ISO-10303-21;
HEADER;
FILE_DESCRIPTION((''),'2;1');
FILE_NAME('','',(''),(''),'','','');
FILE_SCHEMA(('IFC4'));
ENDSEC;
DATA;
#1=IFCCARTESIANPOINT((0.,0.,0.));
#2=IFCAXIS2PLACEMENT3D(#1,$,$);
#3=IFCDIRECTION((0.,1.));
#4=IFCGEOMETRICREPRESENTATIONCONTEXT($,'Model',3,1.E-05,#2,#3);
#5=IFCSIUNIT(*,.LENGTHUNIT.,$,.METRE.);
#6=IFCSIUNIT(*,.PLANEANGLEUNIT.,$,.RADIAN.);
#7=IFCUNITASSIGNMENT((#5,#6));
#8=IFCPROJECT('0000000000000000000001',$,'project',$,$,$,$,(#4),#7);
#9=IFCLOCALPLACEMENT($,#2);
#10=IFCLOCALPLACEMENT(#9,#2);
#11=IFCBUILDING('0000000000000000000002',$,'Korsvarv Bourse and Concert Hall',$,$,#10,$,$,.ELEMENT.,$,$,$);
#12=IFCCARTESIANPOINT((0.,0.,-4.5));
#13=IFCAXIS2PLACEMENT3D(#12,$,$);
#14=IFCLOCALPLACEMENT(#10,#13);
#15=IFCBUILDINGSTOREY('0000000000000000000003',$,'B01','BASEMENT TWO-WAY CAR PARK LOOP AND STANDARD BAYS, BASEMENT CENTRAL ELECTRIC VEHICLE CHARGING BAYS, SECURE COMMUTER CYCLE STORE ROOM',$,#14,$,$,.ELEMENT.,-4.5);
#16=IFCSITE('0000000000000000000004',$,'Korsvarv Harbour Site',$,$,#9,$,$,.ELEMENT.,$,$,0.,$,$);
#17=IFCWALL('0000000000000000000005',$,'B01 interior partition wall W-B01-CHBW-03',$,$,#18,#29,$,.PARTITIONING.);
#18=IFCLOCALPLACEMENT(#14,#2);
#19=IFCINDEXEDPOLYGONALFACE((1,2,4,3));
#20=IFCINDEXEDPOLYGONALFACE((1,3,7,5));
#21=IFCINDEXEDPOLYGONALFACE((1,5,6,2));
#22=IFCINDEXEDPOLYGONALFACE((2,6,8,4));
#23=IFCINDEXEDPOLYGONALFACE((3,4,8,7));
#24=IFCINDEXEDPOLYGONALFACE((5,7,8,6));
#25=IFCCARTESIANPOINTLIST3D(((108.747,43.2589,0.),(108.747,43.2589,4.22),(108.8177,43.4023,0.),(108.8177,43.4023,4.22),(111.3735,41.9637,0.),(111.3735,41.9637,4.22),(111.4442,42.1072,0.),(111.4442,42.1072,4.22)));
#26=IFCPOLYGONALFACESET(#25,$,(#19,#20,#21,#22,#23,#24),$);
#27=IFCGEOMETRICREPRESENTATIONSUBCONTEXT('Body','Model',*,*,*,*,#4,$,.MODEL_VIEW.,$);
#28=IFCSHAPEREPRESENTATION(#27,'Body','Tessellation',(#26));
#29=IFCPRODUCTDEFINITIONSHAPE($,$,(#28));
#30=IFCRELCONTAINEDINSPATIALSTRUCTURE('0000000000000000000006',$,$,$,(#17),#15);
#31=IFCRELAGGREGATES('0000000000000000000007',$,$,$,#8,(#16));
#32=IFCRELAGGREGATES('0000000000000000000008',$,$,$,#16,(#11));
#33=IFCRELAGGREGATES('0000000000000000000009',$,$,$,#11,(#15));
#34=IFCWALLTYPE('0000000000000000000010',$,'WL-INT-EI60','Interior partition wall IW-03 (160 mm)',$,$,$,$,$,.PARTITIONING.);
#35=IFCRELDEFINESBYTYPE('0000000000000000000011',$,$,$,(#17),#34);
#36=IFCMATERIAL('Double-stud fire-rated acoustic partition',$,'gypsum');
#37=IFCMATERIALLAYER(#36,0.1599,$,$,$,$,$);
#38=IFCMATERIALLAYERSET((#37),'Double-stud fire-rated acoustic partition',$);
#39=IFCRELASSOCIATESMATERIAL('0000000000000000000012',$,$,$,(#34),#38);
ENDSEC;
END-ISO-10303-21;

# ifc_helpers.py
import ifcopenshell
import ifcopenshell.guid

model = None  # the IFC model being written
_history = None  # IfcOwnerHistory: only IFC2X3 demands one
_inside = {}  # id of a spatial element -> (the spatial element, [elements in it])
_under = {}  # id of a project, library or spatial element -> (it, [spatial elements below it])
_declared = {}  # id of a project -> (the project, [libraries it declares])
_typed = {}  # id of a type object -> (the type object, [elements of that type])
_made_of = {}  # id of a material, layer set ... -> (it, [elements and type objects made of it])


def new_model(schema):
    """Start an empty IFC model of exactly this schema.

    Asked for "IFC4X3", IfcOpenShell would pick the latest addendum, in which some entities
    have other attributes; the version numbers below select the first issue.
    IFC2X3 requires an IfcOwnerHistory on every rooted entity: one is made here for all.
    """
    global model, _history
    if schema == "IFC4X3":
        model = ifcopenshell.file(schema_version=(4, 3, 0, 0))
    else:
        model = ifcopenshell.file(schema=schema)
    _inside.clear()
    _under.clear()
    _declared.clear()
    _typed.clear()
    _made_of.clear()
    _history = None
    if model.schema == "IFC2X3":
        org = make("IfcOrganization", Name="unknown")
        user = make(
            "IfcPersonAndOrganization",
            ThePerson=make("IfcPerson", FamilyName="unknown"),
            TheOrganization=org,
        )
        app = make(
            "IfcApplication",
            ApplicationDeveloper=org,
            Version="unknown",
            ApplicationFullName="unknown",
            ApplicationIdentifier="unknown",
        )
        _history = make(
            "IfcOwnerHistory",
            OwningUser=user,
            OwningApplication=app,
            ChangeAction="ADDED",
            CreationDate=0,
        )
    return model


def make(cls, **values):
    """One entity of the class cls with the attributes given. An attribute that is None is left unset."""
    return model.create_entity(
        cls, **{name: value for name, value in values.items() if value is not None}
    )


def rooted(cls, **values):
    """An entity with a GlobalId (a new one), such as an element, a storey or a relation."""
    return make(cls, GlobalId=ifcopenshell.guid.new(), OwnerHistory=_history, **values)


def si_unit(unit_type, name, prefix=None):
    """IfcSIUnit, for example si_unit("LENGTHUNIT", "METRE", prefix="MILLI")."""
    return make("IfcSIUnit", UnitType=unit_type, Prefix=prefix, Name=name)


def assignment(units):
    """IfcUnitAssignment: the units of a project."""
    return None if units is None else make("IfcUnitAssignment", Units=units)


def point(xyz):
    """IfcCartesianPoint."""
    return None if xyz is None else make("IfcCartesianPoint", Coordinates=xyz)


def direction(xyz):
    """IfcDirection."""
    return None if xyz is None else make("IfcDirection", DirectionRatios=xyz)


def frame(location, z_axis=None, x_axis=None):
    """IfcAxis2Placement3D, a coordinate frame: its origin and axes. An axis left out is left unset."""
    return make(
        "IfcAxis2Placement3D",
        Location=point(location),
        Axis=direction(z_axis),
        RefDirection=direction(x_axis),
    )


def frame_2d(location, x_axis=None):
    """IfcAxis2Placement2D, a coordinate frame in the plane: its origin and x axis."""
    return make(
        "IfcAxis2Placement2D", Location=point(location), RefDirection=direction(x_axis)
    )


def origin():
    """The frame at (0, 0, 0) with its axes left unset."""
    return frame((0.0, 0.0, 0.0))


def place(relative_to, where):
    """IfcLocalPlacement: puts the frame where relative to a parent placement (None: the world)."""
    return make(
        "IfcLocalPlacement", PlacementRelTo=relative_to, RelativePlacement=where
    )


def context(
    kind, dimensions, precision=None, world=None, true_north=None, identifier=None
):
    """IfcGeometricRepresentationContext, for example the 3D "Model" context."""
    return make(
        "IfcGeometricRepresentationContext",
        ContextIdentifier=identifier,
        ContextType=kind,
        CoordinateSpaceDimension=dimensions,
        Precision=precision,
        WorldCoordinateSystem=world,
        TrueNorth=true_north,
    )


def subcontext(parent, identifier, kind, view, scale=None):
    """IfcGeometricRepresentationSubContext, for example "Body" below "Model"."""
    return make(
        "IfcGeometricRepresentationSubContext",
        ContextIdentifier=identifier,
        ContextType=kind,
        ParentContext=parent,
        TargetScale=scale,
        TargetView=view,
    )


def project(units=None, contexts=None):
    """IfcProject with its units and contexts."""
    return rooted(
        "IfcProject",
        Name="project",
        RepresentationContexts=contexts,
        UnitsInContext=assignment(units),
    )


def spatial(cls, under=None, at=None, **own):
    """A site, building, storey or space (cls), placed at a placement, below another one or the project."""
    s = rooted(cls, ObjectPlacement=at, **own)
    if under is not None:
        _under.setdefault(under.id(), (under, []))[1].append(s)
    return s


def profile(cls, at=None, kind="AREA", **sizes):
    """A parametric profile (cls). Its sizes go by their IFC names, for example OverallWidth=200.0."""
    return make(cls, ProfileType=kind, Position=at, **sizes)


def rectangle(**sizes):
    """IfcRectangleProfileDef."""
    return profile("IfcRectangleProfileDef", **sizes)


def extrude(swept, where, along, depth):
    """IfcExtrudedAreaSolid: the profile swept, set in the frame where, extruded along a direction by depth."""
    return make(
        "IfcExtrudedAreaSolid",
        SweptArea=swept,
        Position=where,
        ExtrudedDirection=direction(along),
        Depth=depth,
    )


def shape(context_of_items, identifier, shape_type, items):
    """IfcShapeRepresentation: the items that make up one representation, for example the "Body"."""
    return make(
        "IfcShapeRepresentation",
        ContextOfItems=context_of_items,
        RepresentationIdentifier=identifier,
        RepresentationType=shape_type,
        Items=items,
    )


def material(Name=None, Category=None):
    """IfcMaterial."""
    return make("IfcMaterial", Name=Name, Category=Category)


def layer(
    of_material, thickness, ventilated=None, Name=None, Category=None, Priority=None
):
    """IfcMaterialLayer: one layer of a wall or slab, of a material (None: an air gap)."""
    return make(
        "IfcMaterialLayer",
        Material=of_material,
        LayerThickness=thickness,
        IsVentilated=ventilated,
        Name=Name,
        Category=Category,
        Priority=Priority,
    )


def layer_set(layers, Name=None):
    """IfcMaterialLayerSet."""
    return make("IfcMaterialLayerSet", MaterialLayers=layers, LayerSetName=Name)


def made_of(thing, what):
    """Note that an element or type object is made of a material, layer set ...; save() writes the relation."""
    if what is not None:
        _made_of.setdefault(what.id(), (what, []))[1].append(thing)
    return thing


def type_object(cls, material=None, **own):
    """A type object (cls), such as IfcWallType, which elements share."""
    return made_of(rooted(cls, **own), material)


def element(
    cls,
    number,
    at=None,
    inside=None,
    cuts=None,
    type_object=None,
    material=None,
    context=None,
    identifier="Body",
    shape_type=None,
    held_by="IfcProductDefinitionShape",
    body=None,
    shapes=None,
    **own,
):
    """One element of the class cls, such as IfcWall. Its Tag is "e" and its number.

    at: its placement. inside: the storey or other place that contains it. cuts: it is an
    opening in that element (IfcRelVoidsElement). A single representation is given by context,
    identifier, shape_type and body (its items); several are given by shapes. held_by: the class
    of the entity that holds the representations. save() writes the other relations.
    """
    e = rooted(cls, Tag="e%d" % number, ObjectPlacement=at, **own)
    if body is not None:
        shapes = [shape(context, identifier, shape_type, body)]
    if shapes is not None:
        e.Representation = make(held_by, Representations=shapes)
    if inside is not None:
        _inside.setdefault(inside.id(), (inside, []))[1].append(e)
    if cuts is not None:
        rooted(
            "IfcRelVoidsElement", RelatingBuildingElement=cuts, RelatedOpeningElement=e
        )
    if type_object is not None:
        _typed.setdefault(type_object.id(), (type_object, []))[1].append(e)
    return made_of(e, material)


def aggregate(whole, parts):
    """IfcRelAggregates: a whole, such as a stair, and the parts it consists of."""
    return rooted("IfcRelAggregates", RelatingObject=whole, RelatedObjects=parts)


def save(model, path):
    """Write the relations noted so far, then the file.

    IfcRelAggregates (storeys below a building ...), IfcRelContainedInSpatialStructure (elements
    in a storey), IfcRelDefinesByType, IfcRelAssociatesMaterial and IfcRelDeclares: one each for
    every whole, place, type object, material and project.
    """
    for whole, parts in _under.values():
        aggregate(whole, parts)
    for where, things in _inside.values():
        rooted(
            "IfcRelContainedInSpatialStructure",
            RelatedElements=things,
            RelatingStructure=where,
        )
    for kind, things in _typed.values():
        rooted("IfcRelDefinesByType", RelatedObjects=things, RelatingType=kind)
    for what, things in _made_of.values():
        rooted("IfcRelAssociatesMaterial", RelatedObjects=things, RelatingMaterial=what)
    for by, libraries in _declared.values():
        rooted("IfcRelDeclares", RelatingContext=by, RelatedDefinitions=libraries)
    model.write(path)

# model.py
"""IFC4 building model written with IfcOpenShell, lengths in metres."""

from ifc_helpers import new_model, si_unit, direction, frame, frame_2d, origin, place, context, subcontext, project, spatial, rectangle, extrude, material, layer, layer_set, type_object, element, save


model = new_model("IFC4")

# Units and contexts
model_context = context("Model", 3, precision=1e-05, world=origin(), true_north=direction((0.0, 1.0)))
body_context = subcontext(model_context, "Body", "Model", "MODEL_VIEW")
ifc_project = project(units=[si_unit("LENGTHUNIT", "METRE"), si_unit("PLANEANGLEUNIT", "RADIAN")], contexts=[model_context])

# Site, building, storey
site_placement = place(None, origin())
site = spatial("IfcSite", under=ifc_project, at=site_placement, Name="Korsvarv Harbour Site", CompositionType="ELEMENT", RefElevation=0.0)
building_placement = place(site_placement, origin())
building = spatial("IfcBuilding", under=site, at=building_placement, Name="Korsvarv Bourse and Concert Hall", CompositionType="ELEMENT")
storey_placement = place(building_placement, frame((0.0, 0.0, -4.5)))
storey = spatial("IfcBuildingStorey", under=building, at=storey_placement, Name="B01", Description="BASEMENT TWO-WAY CAR PARK LOOP AND STANDARD BAYS, BASEMENT CENTRAL ELECTRIC VEHICLE CHARGING BAYS, SECURE COMMUTER CYCLE STORE ROOM", CompositionType="ELEMENT", Elevation=-4.5)

# Shared definitions
ifc_material_1 = material(Name="Double-stud fire-rated acoustic partition", Category="gypsum")
ifc_layer = layer(ifc_material_1, 0.1599)
ifc_layer_set = layer_set([ifc_layer], Name="Double-stud fire-rated acoustic partition")
wall_type = type_object("IfcWallType", Name="WL-INT-EI60", Description="Interior partition wall IW-03 (160 mm)", PredefinedType="PARTITIONING", material=ifc_layer_set)

# Wall
wall_1_placement = place(storey_placement, frame((111.4089, 42.0354, 0.0), z_axis=(0.0, 0.0, 1.0), x_axis=(-0.896881, 0.442271, 0.0)))
element("IfcWall", 1, at=wall_1_placement, inside=storey, type_object=wall_type, Name="B01 interior partition wall W-B01-CHBW-03", PredefinedType="PARTITIONING", context=body_context, shape_type="SweptSolid", body=[
    extrude(rectangle(XDim=2.9285, YDim=0.1599, at=frame_2d((1.4644, 0.0))), origin(), (0.0, 0.0, 1.0), 4.22),
])

save(model, "model.ifc")
